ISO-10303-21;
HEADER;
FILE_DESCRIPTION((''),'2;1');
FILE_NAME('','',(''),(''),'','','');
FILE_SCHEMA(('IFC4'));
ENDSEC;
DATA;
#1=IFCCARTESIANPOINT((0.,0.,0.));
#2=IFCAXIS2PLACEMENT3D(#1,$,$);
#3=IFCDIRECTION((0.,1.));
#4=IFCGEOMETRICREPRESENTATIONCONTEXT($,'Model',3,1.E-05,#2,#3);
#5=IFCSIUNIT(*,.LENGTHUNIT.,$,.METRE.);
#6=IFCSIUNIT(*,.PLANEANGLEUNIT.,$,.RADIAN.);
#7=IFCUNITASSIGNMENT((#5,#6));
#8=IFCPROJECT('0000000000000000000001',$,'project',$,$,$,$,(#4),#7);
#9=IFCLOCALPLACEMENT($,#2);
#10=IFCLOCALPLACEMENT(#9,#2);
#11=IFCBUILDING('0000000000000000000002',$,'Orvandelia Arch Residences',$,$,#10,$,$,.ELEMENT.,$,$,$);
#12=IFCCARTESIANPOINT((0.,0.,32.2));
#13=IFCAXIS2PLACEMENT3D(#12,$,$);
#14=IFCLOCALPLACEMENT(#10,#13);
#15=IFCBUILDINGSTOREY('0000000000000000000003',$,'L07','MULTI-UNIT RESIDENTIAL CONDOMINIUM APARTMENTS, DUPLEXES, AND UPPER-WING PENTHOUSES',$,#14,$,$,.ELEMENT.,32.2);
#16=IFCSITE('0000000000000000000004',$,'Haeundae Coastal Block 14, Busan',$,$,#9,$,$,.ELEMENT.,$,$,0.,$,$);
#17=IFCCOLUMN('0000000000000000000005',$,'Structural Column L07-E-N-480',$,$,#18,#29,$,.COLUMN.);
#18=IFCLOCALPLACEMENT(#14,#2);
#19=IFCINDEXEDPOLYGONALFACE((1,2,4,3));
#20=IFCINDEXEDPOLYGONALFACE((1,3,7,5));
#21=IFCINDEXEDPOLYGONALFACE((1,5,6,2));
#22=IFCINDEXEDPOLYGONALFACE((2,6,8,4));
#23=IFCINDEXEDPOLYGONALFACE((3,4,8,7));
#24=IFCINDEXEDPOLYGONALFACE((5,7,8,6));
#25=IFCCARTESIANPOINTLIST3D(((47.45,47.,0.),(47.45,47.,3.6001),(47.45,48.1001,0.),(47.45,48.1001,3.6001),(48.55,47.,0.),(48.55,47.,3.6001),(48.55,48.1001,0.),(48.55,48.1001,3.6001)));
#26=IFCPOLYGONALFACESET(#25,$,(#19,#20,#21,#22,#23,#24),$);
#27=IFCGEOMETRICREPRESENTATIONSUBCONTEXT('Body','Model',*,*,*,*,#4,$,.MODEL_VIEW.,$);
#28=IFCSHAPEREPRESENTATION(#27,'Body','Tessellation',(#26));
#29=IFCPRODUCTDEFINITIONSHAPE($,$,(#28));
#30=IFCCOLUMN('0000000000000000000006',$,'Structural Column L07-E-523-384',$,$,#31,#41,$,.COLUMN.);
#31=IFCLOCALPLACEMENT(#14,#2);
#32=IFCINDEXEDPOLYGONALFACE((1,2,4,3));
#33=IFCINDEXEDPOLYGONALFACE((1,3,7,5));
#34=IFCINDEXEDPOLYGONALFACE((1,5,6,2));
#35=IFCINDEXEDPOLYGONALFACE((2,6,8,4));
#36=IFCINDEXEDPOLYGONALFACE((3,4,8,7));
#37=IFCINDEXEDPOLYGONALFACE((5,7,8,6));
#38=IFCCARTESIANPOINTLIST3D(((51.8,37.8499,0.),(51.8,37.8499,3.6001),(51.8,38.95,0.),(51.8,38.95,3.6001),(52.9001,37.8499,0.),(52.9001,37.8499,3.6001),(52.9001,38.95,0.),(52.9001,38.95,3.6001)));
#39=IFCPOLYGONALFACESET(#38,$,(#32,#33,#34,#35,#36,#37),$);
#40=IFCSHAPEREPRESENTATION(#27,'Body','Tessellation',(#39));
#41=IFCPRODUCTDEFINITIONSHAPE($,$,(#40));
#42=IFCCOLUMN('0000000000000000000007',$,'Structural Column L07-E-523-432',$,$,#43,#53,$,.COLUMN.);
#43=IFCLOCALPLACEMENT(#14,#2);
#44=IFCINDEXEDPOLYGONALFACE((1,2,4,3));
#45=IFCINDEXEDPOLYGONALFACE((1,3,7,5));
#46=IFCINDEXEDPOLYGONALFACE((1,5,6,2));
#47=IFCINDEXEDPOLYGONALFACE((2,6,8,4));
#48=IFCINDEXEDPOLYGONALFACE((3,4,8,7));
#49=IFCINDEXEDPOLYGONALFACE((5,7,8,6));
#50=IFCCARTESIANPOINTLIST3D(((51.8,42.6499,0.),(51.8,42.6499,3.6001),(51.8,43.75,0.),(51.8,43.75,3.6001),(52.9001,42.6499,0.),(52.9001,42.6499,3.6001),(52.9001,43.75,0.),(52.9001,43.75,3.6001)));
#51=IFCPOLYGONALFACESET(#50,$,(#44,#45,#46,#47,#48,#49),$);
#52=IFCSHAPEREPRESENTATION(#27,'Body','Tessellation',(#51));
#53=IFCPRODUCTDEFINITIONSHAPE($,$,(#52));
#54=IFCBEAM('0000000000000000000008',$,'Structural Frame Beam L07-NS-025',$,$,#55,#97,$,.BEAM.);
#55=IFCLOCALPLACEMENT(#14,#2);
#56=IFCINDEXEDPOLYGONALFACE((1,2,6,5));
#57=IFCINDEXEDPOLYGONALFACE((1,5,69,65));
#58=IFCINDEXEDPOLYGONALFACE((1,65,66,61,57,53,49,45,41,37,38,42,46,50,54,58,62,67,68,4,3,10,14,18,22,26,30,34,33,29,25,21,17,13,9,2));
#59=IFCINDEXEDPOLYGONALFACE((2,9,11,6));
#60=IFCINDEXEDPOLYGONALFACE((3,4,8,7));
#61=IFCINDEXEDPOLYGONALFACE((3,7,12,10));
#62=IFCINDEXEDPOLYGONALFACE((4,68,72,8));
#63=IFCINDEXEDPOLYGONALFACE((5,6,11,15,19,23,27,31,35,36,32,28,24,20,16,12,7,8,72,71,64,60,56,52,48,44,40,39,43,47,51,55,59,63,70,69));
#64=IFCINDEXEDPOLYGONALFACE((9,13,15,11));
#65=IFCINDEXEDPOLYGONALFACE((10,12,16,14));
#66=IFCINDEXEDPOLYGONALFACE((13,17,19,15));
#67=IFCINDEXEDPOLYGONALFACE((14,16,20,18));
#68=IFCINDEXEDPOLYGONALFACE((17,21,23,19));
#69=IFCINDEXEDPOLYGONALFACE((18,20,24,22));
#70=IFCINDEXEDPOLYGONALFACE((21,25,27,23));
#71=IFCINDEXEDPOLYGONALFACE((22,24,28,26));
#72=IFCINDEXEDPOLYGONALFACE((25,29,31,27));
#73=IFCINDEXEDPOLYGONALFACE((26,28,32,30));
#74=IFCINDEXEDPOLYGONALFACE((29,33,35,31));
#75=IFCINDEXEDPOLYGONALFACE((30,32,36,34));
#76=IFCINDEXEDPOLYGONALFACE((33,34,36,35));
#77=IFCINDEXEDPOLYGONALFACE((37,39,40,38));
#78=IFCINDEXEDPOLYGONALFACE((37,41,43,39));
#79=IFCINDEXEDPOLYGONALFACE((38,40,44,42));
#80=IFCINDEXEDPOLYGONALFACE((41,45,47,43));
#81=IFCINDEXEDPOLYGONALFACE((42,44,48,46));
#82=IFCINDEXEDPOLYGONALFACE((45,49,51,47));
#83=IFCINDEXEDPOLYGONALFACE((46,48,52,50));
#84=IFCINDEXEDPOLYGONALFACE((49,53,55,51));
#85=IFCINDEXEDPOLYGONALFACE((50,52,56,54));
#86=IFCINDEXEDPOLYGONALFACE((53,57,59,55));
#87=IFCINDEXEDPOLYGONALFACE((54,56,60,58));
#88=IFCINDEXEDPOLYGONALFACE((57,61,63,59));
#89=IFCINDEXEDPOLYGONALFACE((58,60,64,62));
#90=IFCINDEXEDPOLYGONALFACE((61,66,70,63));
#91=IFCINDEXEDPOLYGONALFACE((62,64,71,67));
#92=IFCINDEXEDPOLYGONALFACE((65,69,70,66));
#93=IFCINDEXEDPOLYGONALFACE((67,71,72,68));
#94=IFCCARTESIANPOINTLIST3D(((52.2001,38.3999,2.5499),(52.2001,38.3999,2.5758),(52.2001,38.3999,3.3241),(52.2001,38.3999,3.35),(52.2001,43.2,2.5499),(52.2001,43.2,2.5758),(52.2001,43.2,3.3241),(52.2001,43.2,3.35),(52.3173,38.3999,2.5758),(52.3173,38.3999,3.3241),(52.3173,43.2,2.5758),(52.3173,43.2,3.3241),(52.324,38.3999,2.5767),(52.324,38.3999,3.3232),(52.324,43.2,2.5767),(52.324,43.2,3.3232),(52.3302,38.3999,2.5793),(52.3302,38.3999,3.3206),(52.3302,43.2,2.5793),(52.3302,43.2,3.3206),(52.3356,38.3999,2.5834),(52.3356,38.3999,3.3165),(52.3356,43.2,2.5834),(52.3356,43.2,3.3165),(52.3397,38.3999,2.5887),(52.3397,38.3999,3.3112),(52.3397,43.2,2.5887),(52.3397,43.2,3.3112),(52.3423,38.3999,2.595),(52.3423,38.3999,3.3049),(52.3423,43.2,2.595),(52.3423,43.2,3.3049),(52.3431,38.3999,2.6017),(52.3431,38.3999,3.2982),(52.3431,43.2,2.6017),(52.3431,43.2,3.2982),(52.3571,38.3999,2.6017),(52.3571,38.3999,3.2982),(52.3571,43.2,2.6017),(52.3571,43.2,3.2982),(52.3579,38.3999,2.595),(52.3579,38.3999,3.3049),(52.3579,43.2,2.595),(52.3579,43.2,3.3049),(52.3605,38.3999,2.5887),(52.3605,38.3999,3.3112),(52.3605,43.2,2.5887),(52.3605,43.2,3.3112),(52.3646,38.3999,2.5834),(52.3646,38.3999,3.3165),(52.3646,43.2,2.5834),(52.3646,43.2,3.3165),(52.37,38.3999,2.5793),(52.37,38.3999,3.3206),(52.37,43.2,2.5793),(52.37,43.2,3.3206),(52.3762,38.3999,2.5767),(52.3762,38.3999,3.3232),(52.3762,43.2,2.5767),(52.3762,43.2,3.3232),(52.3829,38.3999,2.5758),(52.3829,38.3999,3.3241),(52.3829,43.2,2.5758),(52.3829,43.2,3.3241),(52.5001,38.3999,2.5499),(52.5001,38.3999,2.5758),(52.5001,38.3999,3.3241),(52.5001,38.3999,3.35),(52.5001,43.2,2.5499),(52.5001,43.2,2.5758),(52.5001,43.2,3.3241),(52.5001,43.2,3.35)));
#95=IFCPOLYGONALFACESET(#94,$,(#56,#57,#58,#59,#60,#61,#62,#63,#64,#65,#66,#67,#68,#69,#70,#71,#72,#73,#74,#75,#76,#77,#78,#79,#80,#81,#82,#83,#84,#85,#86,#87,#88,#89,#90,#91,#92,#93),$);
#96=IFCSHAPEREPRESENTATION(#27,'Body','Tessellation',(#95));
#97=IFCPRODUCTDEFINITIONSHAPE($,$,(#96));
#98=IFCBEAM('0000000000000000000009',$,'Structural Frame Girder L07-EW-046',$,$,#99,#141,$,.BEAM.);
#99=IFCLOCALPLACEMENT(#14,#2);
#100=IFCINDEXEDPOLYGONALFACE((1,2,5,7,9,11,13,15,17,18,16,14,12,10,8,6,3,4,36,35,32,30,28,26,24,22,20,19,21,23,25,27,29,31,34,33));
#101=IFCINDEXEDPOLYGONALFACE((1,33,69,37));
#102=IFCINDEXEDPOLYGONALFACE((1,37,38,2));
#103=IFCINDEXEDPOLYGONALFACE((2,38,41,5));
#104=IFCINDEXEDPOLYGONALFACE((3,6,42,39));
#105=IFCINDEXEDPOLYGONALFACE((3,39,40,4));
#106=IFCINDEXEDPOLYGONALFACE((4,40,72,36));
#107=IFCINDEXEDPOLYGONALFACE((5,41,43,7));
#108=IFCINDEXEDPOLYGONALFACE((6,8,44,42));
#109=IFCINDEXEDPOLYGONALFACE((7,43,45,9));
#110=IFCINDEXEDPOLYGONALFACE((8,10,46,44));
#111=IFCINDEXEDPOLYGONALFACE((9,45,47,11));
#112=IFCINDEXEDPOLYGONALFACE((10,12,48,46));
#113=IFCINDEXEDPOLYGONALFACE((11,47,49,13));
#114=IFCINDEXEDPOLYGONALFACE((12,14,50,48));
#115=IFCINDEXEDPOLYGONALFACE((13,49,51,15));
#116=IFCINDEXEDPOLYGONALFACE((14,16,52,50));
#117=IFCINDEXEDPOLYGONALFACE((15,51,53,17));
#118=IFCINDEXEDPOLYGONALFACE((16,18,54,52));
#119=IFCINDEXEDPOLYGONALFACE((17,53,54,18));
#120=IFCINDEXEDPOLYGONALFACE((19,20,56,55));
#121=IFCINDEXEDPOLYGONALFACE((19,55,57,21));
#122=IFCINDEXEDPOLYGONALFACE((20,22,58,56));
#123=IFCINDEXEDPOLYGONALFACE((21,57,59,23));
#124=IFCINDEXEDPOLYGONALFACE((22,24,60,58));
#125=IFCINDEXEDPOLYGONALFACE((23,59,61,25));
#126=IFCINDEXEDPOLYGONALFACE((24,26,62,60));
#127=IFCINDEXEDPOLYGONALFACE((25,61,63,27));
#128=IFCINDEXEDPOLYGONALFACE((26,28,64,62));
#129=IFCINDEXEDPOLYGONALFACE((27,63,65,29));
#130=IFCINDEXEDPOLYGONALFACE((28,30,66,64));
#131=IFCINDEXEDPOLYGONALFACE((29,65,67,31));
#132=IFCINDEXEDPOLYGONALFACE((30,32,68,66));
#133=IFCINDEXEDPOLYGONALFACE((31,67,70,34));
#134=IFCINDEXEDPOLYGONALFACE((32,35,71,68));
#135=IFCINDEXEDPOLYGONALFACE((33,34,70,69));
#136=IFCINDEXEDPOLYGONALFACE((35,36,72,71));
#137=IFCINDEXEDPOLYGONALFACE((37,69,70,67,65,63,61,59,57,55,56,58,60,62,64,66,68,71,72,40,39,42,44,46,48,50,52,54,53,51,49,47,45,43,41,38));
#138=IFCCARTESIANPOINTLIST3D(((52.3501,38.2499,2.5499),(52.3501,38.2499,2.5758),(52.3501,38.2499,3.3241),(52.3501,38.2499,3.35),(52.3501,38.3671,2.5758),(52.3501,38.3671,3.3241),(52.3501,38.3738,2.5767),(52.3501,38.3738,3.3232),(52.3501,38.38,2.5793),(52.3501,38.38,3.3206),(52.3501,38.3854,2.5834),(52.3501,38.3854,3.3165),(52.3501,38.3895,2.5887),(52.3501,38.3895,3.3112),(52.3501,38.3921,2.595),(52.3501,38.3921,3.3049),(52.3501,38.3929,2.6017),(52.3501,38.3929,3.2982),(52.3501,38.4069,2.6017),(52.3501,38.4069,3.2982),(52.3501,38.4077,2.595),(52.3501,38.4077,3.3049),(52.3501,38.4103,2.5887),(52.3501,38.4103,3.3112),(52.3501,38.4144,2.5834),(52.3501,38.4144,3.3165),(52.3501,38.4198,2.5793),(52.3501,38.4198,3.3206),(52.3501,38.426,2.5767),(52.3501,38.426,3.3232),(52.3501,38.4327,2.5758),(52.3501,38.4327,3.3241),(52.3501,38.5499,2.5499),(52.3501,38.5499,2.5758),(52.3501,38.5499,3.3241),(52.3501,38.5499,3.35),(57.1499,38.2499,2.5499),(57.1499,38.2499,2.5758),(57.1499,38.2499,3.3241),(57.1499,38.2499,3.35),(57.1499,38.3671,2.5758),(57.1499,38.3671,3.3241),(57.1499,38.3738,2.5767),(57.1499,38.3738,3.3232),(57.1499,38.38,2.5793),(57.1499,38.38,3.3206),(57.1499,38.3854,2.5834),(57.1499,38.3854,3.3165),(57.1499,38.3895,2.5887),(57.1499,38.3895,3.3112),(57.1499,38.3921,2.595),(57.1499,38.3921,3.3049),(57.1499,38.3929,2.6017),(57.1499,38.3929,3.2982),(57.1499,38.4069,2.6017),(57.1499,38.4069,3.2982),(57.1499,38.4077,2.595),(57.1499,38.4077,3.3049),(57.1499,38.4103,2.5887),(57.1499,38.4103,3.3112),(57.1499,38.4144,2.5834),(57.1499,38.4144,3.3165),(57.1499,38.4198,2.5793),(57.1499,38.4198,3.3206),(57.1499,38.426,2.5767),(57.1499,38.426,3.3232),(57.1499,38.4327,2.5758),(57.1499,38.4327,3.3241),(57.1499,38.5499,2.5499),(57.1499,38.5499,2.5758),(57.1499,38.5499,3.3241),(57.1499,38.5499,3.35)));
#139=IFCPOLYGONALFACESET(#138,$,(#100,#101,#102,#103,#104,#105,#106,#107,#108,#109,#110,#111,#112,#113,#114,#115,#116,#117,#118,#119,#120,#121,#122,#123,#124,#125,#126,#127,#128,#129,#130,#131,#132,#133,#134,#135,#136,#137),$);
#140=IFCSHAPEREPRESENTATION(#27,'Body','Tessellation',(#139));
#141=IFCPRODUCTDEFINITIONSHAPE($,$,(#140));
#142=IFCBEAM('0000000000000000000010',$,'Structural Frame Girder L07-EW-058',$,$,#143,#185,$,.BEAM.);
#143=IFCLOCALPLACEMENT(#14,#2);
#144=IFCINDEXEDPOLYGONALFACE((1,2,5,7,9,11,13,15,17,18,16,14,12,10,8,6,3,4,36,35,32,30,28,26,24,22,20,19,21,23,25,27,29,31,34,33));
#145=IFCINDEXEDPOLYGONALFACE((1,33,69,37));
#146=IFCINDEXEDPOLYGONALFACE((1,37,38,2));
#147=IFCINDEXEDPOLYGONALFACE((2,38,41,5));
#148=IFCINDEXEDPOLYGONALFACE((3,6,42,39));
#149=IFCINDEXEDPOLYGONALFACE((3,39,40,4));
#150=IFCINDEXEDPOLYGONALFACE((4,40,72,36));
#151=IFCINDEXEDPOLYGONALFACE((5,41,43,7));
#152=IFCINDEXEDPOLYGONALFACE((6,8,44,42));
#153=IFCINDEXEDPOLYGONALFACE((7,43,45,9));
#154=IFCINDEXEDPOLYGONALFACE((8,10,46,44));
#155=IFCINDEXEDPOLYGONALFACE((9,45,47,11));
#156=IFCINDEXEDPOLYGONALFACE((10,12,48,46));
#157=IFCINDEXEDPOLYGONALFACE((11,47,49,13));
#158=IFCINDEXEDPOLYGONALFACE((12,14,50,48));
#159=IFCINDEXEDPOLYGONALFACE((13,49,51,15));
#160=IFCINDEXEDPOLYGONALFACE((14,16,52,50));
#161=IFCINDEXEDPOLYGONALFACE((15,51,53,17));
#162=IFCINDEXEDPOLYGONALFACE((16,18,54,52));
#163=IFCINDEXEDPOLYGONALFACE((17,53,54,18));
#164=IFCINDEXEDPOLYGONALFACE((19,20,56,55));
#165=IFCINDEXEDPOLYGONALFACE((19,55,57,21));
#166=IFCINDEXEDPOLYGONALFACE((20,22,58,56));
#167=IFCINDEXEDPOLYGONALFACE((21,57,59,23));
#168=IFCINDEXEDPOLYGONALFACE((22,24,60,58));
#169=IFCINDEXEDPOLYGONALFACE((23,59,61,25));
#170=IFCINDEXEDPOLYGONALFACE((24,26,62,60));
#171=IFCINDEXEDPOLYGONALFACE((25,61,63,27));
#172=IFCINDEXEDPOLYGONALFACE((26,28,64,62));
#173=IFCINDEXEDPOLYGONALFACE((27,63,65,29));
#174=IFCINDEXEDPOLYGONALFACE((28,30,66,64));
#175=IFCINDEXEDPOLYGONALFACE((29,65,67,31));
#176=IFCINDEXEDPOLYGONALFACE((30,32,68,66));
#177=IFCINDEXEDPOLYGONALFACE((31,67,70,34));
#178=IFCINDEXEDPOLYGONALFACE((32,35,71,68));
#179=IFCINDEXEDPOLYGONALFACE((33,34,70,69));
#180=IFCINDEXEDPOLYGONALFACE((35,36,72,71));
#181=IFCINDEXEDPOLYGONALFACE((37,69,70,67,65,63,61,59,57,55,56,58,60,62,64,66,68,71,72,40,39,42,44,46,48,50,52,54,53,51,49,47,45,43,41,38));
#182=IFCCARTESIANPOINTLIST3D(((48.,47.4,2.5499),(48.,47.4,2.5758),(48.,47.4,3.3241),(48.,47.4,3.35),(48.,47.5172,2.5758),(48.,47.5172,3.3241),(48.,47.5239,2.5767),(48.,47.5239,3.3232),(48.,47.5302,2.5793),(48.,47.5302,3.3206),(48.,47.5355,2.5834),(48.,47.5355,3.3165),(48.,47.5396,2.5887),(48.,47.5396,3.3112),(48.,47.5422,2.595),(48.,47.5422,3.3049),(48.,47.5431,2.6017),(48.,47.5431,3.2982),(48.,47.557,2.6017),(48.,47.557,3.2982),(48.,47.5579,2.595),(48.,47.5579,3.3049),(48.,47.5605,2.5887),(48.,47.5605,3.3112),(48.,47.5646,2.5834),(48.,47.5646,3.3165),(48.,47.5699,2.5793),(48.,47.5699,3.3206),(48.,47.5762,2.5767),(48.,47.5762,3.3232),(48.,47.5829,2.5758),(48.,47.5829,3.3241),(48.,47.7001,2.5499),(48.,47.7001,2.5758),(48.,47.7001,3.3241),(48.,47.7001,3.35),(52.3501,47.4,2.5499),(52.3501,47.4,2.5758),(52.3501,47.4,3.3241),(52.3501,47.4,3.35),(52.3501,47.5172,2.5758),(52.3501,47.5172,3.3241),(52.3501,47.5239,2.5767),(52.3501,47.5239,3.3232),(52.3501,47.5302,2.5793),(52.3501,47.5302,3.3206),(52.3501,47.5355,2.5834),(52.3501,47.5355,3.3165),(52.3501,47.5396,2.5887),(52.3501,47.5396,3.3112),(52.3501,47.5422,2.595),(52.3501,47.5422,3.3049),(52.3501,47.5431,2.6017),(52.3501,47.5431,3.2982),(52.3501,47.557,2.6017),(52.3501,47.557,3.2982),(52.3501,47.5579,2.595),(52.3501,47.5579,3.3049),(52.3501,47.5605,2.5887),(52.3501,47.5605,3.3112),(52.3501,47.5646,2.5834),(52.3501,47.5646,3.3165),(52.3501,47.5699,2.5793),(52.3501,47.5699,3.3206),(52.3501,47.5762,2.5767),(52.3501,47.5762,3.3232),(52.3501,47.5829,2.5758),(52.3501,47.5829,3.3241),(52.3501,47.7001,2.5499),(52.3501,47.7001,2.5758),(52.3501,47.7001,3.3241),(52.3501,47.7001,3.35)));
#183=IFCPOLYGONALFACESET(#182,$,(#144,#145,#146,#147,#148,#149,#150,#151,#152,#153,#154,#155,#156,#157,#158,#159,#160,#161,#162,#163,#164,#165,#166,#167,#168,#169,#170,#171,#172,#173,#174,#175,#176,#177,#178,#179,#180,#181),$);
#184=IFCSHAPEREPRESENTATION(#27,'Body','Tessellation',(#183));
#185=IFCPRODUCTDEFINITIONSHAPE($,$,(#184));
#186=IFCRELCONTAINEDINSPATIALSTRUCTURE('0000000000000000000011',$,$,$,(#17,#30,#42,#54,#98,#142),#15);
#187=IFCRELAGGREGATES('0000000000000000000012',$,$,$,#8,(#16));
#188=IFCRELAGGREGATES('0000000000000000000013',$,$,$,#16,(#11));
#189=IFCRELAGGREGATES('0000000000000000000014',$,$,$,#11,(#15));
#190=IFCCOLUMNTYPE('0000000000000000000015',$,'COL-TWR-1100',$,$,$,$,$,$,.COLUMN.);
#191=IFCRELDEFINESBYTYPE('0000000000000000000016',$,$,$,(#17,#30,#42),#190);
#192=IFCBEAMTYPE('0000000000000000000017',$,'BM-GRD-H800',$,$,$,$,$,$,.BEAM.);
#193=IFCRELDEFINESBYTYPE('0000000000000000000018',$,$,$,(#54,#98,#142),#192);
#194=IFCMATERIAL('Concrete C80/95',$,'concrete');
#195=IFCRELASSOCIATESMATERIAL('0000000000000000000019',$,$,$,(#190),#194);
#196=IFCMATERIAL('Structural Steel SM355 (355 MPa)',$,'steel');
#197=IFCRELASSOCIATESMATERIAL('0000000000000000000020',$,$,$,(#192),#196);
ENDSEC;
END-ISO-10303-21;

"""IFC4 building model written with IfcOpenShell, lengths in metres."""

from ifc_helpers import new_model, si_unit, direction, frame, origin, origin_2d, place, context, subcontext, project, spatial, rectangle, i_section, extrude, material, material_profile, profile_set, type_object, element, save


model = new_model("IFC4")

# Units and contexts
model_context = context("Model", 3, precision=1e-05, world=origin(), true_north=direction((0.0, 1.0)))
body_context = subcontext(model_context, "Body", "Model", "MODEL_VIEW")
ifc_project = project(units=[si_unit("LENGTHUNIT", "METRE"), si_unit("PLANEANGLEUNIT", "RADIAN")], contexts=[model_context])

# Site, building, storey
site_placement = place(None, origin())
site = spatial("IfcSite", under=ifc_project, at=site_placement, Name="Haeundae Coastal Block 14, Busan", CompositionType="ELEMENT", RefElevation=0.0)
building_placement = place(site_placement, origin())
building = spatial("IfcBuilding", under=site, at=building_placement, Name="Orvandelia Arch Residences", CompositionType="ELEMENT")
storey_placement = place(building_placement, frame((0.0, 0.0, 32.2)))
storey = spatial("IfcBuildingStorey", under=building, at=storey_placement, Name="L07", Description="MULTI-UNIT RESIDENTIAL CONDOMINIUM APARTMENTS, DUPLEXES, AND UPPER-WING PENTHOUSES", CompositionType="ELEMENT", Elevation=32.2)

# Columns
ifc_material_1 = material(Name="Concrete C80/95", Category="concrete")
ifc_material_profile_1 = material_profile(ifc_material_1, rectangle(XDim=1.1001, YDim=1.1001, at=origin_2d()), Name="Concrete C80/95", Category="concrete")
ifc_profile_set_1 = profile_set([ifc_material_profile_1], Name="Concrete C80/95")
column_type = type_object("IfcColumnType", Name="COL-TWR-1100", PredefinedType="COLUMN", material=ifc_profile_set_1)
for number, where, z_axis, x_axis, name in (
    (1, (48.0, 47.55, 0.0), (0.0, 0.0, 1.0), (1.0, 0.0, 0.0), "Structural Column L07-E-N-480"),
    (2, (52.3501, 38.3999, 0.0), (0.0, 0.0, 1.0), (1.0, 0.0, 0.0), "Structural Column L07-E-523-384"),
    (3, (52.3501, 43.2, 0.0), (0.0, 0.0, 1.0), (1.0, 0.0, 0.0), "Structural Column L07-E-523-432"),
):
    element("IfcColumn", number, at=place(storey_placement, frame(where, z_axis=z_axis, x_axis=x_axis)), inside=storey, type_object=column_type, Name=name, PredefinedType="COLUMN", context=body_context, shape_type="SweptSolid", body=[
        extrude(rectangle(XDim=1.1001, YDim=1.1001, at=origin_2d()), origin(), (0.0, 0.0, 1.0), 3.6001),
    ])

# Beams
ifc_material_2 = material(Name="Structural Steel SM355 (355 MPa)", Category="steel")
ifc_material_profile_2 = material_profile(ifc_material_2, i_section(OverallWidth=0.3, OverallDepth=0.8, WebThickness=0.0139, FlangeThickness=0.0259, FilletRadius=0.0259, at=origin_2d()), Name="Structural Steel SM355 (355 MPa)", Category="steel")
ifc_profile_set_2 = profile_set([ifc_material_profile_2], Name="Structural Steel SM355 (355 MPa)")
beam_type = type_object("IfcBeamType", Name="BM-GRD-H800", PredefinedType="BEAM", material=ifc_profile_set_2)
beam_1_placement = place(storey_placement, frame((52.3501, 38.3999, 2.95), z_axis=(0.0, 1.0, 0.0), x_axis=(-1.0, 0.0, 0.0)))
element("IfcBeam", 4, at=beam_1_placement, inside=storey, type_object=beam_type, Name="Structural Frame Beam L07-NS-025", PredefinedType="BEAM", context=body_context, shape_type="SweptSolid", body=[
    extrude(i_section(OverallWidth=0.3, OverallDepth=0.8, WebThickness=0.0139, FlangeThickness=0.0259, FilletRadius=0.0259, at=origin_2d()), origin(), (0.0, 0.0, 1.0), 4.8),
])
beam_2_placement = place(storey_placement, frame((52.3501, 38.3999, 2.95), z_axis=(1.0, 0.0, 0.0), x_axis=(0.0, 1.0, 0.0)))
element("IfcBeam", 5, at=beam_2_placement, inside=storey, type_object=beam_type, Name="Structural Frame Girder L07-EW-046", PredefinedType="BEAM", context=body_context, shape_type="SweptSolid", body=[
    extrude(i_section(OverallWidth=0.3, OverallDepth=0.8, WebThickness=0.0139, FlangeThickness=0.0259, FilletRadius=0.0259, at=origin_2d()), origin(), (0.0, 0.0, 1.0), 4.7998),
])
beam_3_placement = place(storey_placement, frame((48.0, 47.55, 2.95), z_axis=(1.0, 0.0, 0.0), x_axis=(0.0, 1.0, 0.0)))
element("IfcBeam", 6, at=beam_3_placement, inside=storey, type_object=beam_type, Name="Structural Frame Girder L07-EW-058", PredefinedType="BEAM", context=body_context, shape_type="SweptSolid", body=[
    extrude(i_section(OverallWidth=0.3, OverallDepth=0.8, WebThickness=0.0139, FlangeThickness=0.0259, FilletRadius=0.0259, at=origin_2d()), origin(), (0.0, 0.0, 1.0), 4.3501),
])

save(model, "model.ifc")
